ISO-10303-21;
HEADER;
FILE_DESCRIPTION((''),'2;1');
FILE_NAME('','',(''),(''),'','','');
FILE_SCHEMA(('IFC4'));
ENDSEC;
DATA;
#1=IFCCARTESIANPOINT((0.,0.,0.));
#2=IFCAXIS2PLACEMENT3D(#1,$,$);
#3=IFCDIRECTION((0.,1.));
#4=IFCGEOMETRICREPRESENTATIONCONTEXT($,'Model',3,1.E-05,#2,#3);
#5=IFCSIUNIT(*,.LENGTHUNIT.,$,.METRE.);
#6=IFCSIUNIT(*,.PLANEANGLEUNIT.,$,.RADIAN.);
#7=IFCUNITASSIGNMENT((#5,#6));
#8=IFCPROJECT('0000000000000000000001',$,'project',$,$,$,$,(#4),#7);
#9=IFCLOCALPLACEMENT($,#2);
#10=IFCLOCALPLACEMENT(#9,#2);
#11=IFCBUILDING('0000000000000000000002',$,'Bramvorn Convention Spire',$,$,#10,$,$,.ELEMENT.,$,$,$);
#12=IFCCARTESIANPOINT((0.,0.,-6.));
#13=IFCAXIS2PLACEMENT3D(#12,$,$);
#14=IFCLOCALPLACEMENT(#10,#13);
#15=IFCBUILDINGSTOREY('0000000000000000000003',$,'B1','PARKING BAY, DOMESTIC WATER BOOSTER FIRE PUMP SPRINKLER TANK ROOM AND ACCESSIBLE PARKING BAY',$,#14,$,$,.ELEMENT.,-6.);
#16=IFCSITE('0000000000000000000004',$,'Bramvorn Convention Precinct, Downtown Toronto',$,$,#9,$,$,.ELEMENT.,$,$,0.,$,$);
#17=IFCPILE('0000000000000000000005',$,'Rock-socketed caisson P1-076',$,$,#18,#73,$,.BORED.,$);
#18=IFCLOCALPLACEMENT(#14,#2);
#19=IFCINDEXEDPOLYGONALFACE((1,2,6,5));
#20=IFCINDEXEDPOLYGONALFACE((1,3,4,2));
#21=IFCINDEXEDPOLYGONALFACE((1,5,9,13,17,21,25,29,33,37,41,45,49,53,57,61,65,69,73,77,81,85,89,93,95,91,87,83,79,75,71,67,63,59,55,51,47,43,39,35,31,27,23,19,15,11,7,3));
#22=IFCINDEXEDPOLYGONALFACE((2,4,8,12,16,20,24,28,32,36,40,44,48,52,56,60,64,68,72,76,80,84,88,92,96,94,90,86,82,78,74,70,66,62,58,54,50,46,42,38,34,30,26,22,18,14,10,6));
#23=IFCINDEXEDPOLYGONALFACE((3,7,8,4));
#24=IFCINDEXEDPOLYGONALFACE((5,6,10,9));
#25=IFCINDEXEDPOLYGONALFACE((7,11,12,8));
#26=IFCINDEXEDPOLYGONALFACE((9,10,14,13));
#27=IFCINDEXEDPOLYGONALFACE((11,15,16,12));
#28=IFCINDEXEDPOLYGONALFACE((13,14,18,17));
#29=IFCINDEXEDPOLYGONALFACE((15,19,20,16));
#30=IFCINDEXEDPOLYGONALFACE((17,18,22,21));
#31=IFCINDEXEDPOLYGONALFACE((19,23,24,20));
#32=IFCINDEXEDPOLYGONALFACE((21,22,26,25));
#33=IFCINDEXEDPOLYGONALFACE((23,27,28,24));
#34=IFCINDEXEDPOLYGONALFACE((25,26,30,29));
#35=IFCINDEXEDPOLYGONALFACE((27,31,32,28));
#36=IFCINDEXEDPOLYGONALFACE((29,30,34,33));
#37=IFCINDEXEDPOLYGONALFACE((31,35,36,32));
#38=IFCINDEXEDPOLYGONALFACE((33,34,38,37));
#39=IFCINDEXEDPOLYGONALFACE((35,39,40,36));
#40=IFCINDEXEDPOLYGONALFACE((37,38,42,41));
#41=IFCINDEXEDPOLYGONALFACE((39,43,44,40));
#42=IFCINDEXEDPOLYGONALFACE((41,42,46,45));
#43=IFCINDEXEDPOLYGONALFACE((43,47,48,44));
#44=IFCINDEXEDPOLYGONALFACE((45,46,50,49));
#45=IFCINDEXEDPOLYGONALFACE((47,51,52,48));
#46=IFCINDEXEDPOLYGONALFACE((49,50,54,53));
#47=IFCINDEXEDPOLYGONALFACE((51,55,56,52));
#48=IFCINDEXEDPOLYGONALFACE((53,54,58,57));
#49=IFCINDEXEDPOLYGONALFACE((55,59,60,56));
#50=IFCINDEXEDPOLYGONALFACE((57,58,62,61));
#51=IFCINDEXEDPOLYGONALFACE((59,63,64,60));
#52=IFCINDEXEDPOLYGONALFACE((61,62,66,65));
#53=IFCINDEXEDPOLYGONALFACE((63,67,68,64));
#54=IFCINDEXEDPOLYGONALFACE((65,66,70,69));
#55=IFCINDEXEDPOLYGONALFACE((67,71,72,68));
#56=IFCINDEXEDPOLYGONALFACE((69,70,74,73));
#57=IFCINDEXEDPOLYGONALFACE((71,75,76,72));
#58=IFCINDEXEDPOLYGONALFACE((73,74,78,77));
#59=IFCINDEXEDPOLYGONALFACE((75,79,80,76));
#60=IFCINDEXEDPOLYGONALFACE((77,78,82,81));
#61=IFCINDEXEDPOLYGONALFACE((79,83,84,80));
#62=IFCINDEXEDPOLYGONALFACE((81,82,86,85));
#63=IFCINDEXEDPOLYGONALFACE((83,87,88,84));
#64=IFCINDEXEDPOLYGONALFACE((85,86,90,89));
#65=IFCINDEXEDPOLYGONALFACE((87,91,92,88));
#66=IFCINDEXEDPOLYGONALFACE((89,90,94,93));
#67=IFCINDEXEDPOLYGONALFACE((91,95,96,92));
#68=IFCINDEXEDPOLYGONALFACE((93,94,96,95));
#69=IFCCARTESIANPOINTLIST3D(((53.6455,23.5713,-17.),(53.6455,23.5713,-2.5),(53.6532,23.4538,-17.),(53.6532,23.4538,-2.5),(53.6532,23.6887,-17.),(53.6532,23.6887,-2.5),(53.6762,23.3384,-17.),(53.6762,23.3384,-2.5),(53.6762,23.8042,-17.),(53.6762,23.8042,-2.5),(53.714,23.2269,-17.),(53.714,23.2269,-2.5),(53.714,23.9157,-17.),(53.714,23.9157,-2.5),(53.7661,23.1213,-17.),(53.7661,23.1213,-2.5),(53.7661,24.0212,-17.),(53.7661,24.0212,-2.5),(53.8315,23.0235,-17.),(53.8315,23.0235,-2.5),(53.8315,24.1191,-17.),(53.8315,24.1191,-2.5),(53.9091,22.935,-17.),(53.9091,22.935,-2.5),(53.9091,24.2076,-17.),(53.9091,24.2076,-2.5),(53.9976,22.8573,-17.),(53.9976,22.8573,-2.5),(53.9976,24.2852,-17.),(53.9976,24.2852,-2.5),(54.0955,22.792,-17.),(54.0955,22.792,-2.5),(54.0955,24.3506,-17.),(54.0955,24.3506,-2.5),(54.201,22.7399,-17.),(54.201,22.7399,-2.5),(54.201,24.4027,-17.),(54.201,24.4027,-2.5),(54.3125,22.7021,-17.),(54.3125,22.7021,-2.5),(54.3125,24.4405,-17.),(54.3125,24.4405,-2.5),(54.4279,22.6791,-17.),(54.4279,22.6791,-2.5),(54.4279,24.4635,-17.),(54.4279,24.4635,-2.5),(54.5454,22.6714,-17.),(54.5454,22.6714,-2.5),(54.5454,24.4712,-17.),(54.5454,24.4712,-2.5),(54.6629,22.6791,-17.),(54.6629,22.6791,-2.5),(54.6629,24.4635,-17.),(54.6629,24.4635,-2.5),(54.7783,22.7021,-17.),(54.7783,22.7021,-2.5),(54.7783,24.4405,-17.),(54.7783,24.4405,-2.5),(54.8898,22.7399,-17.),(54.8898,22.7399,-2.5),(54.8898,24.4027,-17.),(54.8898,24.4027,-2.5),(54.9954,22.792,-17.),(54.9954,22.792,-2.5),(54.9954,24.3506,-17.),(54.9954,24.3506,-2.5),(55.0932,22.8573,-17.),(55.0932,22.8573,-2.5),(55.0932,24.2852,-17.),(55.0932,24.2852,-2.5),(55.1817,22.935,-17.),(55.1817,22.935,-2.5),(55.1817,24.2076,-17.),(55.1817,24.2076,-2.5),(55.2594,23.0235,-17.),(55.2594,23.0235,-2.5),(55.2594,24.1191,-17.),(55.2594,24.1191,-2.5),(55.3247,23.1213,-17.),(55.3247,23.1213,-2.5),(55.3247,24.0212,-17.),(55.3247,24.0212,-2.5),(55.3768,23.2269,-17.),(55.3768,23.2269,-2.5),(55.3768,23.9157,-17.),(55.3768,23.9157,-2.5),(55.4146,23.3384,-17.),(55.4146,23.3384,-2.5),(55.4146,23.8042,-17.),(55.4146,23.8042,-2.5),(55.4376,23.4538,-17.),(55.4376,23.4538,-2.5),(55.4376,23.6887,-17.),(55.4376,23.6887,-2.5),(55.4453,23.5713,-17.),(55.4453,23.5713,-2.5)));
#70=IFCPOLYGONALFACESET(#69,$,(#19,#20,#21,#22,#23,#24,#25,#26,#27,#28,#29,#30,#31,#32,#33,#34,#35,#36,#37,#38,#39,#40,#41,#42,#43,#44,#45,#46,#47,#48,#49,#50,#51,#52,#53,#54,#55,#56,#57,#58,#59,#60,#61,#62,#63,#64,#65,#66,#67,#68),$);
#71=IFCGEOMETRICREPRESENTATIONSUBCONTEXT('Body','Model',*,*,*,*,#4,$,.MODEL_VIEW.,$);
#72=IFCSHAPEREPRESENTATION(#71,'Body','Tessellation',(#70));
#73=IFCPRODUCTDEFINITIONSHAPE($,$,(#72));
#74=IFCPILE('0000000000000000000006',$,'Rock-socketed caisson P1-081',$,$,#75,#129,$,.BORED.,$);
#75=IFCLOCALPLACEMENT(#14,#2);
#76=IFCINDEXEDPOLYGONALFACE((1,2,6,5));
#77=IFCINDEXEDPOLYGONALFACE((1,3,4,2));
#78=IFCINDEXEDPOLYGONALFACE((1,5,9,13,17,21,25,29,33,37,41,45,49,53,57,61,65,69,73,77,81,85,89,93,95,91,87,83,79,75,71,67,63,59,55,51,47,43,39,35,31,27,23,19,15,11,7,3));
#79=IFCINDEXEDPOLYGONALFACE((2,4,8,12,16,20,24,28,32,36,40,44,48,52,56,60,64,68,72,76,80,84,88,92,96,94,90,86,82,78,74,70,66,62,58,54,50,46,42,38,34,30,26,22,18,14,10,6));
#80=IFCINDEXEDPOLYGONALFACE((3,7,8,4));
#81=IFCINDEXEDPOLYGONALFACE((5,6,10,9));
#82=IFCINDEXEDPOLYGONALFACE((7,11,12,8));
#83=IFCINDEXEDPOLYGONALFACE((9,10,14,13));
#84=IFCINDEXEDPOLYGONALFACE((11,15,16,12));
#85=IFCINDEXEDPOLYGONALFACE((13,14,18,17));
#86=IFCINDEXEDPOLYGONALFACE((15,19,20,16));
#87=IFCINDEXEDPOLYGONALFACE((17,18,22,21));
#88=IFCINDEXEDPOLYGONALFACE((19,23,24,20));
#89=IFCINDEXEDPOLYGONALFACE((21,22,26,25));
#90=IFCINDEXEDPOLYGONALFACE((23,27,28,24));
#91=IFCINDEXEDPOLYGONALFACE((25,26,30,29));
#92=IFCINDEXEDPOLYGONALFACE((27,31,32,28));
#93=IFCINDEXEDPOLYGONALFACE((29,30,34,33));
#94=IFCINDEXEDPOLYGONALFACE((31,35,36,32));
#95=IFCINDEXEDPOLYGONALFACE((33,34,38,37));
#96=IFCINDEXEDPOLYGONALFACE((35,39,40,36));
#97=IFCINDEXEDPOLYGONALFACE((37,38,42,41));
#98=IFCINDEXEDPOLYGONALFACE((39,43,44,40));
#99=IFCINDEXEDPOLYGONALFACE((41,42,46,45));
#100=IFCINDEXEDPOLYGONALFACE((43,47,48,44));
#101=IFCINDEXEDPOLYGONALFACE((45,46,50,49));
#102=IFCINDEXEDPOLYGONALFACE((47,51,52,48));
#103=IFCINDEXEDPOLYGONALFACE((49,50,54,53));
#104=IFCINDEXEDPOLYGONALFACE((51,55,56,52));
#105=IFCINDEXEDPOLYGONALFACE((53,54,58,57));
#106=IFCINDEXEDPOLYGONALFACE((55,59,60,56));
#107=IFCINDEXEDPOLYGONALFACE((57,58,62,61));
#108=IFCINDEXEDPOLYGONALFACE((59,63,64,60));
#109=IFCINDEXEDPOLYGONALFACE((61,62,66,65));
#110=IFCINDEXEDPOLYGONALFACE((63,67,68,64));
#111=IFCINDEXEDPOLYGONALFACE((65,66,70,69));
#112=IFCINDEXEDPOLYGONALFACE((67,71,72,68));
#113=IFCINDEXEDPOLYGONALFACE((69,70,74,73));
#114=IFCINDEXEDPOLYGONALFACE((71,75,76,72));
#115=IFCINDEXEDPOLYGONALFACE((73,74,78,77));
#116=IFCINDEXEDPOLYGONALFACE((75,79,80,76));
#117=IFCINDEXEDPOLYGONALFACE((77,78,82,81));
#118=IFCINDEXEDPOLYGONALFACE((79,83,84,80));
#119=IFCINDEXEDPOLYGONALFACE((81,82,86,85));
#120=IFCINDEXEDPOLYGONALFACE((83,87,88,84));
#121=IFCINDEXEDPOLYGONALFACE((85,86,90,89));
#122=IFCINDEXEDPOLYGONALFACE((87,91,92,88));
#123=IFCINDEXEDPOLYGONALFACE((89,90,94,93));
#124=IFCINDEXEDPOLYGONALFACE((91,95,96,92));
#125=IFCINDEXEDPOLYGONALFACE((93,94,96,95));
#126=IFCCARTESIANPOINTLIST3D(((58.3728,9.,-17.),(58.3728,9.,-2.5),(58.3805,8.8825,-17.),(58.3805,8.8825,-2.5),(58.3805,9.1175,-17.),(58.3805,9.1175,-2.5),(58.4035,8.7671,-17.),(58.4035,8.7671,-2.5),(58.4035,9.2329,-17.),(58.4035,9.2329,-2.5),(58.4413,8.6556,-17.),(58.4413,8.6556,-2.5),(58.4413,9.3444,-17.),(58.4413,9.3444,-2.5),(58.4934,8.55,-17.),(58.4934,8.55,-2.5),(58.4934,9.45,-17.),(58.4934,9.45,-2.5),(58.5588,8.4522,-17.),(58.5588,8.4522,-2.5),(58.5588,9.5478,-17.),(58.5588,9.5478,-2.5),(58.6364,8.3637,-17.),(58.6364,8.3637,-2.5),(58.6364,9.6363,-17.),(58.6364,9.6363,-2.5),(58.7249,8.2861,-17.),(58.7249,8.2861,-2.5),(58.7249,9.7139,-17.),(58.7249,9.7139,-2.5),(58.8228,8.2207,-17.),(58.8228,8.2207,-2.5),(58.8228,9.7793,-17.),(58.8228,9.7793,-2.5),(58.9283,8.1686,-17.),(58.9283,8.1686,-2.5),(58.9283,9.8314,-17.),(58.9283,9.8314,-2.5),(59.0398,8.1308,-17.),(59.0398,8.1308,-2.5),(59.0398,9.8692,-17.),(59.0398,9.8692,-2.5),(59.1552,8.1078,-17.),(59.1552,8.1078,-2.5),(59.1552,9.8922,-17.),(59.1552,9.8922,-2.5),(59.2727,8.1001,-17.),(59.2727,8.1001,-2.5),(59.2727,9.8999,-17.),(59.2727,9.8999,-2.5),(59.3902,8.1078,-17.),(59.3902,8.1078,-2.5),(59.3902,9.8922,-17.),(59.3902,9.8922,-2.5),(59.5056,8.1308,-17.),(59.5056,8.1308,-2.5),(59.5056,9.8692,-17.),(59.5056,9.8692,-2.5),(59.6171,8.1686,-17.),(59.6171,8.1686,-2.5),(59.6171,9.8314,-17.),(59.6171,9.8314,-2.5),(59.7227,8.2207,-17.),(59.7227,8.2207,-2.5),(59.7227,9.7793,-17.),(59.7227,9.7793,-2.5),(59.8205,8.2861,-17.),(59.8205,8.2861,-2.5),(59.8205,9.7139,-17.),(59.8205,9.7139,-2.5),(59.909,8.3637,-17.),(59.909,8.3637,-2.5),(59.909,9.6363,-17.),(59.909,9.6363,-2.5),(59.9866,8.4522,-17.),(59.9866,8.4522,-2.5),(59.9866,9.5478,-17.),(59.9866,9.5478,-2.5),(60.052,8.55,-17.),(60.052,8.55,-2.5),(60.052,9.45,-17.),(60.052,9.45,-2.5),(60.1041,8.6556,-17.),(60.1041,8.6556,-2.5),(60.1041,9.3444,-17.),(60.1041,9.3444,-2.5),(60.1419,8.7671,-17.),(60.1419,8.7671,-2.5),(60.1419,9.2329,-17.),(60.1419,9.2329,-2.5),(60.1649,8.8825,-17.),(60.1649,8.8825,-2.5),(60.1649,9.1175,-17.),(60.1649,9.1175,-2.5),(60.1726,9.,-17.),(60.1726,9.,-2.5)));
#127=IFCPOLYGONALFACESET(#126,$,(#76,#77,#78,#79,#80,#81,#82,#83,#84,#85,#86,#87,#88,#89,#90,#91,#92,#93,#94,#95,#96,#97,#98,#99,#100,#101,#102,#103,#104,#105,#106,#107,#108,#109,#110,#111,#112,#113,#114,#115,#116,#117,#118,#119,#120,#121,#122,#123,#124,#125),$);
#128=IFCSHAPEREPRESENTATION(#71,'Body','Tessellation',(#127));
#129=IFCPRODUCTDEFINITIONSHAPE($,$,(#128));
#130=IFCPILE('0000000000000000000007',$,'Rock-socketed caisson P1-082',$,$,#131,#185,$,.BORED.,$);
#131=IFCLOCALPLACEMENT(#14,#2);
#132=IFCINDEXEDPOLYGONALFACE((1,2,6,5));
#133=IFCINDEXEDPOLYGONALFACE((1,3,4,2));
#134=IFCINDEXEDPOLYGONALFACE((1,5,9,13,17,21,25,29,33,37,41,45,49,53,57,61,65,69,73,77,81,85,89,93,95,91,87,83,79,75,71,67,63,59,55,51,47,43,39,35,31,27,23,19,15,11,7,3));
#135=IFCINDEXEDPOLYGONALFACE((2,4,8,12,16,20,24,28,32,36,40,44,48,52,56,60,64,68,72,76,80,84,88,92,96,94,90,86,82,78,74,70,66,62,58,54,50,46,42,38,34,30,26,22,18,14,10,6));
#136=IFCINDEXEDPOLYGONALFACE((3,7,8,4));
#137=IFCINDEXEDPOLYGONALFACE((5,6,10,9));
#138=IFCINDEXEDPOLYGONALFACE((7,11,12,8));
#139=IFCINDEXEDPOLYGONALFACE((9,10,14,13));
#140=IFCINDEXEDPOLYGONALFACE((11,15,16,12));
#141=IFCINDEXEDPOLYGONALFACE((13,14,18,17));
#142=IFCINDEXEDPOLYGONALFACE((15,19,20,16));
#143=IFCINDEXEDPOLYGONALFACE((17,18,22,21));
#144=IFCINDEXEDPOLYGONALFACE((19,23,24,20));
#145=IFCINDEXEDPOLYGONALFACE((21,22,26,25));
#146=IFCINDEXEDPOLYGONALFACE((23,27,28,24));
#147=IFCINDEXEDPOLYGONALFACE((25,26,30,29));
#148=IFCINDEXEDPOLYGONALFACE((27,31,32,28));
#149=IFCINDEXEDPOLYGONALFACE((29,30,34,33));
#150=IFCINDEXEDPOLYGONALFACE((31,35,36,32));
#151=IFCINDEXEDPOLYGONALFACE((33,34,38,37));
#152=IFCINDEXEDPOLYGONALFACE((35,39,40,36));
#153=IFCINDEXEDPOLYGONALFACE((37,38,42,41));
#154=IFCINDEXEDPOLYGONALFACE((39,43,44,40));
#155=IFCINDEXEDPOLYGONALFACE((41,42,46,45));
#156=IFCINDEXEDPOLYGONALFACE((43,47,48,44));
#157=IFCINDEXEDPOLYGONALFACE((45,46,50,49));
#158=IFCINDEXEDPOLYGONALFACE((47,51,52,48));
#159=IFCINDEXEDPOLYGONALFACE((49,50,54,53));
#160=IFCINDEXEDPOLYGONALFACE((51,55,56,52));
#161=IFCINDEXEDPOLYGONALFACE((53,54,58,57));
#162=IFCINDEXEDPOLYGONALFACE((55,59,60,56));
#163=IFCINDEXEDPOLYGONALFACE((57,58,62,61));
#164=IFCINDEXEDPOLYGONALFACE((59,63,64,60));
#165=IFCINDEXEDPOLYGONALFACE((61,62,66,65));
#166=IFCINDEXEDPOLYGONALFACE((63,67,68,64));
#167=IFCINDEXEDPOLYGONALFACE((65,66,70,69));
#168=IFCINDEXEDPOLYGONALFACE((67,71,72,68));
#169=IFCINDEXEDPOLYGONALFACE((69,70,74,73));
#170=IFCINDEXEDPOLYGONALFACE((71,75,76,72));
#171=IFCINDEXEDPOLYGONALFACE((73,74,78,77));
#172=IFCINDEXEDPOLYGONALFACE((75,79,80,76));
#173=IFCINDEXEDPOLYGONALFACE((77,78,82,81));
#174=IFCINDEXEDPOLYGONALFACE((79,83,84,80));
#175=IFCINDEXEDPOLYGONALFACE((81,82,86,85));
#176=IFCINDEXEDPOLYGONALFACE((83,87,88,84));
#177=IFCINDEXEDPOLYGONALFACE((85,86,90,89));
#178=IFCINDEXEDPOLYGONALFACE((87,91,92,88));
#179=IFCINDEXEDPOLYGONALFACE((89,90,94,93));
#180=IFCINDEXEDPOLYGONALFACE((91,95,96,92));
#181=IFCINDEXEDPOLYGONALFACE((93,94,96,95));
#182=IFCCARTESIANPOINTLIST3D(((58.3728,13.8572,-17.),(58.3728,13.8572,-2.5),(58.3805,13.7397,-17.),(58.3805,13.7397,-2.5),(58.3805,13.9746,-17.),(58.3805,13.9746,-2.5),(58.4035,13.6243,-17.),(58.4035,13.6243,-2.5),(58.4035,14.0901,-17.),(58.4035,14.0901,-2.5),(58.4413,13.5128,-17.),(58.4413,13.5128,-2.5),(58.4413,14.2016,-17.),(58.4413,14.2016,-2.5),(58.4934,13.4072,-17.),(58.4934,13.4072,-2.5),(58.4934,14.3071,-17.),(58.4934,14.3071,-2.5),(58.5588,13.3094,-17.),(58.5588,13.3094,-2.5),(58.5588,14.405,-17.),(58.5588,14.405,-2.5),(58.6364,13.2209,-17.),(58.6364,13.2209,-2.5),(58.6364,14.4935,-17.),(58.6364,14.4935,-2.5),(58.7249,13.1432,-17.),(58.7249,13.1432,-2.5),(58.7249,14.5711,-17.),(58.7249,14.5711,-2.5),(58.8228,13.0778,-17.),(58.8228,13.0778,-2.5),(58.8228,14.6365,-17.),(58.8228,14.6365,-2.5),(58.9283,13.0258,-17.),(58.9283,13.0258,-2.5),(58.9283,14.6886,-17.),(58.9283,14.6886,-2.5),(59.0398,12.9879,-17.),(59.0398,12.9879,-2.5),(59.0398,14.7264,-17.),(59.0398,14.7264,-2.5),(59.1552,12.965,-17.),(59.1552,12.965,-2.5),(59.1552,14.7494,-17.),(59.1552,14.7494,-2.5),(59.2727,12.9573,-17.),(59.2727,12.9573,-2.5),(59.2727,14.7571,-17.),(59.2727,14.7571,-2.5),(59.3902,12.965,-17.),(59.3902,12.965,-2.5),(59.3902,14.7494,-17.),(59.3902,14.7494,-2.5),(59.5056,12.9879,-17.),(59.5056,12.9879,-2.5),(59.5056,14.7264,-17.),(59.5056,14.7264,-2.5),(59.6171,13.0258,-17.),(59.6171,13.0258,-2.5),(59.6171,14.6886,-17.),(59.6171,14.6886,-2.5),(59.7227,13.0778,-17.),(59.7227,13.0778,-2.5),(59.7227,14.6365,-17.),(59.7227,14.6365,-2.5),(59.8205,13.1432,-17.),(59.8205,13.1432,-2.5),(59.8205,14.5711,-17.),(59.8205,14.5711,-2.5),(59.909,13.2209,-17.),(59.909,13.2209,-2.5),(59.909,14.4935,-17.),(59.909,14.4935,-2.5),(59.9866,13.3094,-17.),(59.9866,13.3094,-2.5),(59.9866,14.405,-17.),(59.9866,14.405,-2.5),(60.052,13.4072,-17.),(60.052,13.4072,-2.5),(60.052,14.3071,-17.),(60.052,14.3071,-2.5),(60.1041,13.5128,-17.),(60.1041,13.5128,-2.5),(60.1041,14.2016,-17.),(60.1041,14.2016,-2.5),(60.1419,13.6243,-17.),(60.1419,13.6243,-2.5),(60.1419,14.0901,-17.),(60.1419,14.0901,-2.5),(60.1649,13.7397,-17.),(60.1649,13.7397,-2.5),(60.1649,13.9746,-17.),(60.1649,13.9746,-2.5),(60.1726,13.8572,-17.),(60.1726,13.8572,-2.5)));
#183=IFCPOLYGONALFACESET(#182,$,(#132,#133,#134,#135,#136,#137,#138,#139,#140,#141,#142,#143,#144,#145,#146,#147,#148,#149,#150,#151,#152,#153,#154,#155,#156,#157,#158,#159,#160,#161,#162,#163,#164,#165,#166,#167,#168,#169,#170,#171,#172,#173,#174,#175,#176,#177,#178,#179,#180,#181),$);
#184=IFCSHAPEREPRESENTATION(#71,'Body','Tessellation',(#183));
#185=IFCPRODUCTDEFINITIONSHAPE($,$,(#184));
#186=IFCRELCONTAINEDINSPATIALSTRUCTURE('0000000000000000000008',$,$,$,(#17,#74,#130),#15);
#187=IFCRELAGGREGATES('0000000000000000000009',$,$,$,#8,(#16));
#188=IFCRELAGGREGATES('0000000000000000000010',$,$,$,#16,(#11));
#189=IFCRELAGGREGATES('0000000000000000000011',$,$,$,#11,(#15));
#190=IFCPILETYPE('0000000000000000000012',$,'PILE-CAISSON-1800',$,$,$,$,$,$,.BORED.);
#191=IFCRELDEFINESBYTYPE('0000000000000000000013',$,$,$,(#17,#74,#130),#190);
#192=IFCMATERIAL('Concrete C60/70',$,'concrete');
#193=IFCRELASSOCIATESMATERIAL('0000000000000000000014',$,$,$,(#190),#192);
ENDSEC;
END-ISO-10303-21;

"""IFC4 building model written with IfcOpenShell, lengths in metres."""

from ifc_helpers import new_model, si_unit, direction, frame, origin, origin_2d, place, context, subcontext, project, spatial, circle, extrude, material, material_profile, profile_set, type_object, element, save


model = new_model("IFC4")

# Units and contexts
model_context = context("Model", 3, precision=1e-05, world=origin(), true_north=direction((0.0, 1.0)))
body_context = subcontext(model_context, "Body", "Model", "MODEL_VIEW")
ifc_project = project(units=[si_unit("LENGTHUNIT", "METRE"), si_unit("PLANEANGLEUNIT", "RADIAN")], contexts=[model_context])

# Site, building, storey
site_placement = place(None, origin())
site = spatial("IfcSite", under=ifc_project, at=site_placement, Name="Bramvorn Convention Precinct, Downtown Toronto", CompositionType="ELEMENT", RefElevation=0.0)
building_placement = place(site_placement, origin())
building = spatial("IfcBuilding", under=site, at=building_placement, Name="Bramvorn Convention Spire", CompositionType="ELEMENT")
storey_placement = place(building_placement, frame((0.0, 0.0, -6.0)))
storey = spatial("IfcBuildingStorey", under=building, at=storey_placement, Name="B1", Description="PARKING BAY, DOMESTIC WATER BOOSTER FIRE PUMP SPRINKLER TANK ROOM AND ACCESSIBLE PARKING BAY", CompositionType="ELEMENT", Elevation=-6.0)

# Shared definitions
ifc_material_1 = material(Name="Concrete C60/70", Category="concrete")

# Piles
ifc_material_profile_1 = material_profile(ifc_material_1, circle(Radius=0.8999, at=origin_2d()))
ifc_profile_set_1 = profile_set([ifc_material_profile_1], Name="Concrete C60/70 - CAISSON1800")
pile_type_1 = type_object("IfcPileType", Name="PILE-CAISSON-1800", PredefinedType="BORED", material=ifc_profile_set_1)
for number, where, z_axis, x_axis, name in (
    (1, (54.5454, 23.5713, -2.5), (0.0, 0.0, -1.0), (1.0, 0.0, 0.0), "Rock-socketed caisson P1-076"),
    (2, (59.2727, 9.0, -2.5), (0.0, 0.0, -1.0), (1.0, 0.0, 0.0), "Rock-socketed caisson P1-081"),
    (3, (59.2727, 13.8572, -2.5), (0.0, 0.0, -1.0), (1.0, 0.0, 0.0), "Rock-socketed caisson P1-082"),
):
    element("IfcPile", number, at=place(storey_placement, frame(where, z_axis=z_axis, x_axis=x_axis)), inside=storey, type_object=pile_type_1, Name=name, PredefinedType="BORED", context=body_context, shape_type="SweptSolid", body=[
        extrude(circle(Radius=0.8999, at=origin_2d()), origin(), (0.0, 0.0, 1.0), 14.5),
    ])

save(model, "model.ifc")
